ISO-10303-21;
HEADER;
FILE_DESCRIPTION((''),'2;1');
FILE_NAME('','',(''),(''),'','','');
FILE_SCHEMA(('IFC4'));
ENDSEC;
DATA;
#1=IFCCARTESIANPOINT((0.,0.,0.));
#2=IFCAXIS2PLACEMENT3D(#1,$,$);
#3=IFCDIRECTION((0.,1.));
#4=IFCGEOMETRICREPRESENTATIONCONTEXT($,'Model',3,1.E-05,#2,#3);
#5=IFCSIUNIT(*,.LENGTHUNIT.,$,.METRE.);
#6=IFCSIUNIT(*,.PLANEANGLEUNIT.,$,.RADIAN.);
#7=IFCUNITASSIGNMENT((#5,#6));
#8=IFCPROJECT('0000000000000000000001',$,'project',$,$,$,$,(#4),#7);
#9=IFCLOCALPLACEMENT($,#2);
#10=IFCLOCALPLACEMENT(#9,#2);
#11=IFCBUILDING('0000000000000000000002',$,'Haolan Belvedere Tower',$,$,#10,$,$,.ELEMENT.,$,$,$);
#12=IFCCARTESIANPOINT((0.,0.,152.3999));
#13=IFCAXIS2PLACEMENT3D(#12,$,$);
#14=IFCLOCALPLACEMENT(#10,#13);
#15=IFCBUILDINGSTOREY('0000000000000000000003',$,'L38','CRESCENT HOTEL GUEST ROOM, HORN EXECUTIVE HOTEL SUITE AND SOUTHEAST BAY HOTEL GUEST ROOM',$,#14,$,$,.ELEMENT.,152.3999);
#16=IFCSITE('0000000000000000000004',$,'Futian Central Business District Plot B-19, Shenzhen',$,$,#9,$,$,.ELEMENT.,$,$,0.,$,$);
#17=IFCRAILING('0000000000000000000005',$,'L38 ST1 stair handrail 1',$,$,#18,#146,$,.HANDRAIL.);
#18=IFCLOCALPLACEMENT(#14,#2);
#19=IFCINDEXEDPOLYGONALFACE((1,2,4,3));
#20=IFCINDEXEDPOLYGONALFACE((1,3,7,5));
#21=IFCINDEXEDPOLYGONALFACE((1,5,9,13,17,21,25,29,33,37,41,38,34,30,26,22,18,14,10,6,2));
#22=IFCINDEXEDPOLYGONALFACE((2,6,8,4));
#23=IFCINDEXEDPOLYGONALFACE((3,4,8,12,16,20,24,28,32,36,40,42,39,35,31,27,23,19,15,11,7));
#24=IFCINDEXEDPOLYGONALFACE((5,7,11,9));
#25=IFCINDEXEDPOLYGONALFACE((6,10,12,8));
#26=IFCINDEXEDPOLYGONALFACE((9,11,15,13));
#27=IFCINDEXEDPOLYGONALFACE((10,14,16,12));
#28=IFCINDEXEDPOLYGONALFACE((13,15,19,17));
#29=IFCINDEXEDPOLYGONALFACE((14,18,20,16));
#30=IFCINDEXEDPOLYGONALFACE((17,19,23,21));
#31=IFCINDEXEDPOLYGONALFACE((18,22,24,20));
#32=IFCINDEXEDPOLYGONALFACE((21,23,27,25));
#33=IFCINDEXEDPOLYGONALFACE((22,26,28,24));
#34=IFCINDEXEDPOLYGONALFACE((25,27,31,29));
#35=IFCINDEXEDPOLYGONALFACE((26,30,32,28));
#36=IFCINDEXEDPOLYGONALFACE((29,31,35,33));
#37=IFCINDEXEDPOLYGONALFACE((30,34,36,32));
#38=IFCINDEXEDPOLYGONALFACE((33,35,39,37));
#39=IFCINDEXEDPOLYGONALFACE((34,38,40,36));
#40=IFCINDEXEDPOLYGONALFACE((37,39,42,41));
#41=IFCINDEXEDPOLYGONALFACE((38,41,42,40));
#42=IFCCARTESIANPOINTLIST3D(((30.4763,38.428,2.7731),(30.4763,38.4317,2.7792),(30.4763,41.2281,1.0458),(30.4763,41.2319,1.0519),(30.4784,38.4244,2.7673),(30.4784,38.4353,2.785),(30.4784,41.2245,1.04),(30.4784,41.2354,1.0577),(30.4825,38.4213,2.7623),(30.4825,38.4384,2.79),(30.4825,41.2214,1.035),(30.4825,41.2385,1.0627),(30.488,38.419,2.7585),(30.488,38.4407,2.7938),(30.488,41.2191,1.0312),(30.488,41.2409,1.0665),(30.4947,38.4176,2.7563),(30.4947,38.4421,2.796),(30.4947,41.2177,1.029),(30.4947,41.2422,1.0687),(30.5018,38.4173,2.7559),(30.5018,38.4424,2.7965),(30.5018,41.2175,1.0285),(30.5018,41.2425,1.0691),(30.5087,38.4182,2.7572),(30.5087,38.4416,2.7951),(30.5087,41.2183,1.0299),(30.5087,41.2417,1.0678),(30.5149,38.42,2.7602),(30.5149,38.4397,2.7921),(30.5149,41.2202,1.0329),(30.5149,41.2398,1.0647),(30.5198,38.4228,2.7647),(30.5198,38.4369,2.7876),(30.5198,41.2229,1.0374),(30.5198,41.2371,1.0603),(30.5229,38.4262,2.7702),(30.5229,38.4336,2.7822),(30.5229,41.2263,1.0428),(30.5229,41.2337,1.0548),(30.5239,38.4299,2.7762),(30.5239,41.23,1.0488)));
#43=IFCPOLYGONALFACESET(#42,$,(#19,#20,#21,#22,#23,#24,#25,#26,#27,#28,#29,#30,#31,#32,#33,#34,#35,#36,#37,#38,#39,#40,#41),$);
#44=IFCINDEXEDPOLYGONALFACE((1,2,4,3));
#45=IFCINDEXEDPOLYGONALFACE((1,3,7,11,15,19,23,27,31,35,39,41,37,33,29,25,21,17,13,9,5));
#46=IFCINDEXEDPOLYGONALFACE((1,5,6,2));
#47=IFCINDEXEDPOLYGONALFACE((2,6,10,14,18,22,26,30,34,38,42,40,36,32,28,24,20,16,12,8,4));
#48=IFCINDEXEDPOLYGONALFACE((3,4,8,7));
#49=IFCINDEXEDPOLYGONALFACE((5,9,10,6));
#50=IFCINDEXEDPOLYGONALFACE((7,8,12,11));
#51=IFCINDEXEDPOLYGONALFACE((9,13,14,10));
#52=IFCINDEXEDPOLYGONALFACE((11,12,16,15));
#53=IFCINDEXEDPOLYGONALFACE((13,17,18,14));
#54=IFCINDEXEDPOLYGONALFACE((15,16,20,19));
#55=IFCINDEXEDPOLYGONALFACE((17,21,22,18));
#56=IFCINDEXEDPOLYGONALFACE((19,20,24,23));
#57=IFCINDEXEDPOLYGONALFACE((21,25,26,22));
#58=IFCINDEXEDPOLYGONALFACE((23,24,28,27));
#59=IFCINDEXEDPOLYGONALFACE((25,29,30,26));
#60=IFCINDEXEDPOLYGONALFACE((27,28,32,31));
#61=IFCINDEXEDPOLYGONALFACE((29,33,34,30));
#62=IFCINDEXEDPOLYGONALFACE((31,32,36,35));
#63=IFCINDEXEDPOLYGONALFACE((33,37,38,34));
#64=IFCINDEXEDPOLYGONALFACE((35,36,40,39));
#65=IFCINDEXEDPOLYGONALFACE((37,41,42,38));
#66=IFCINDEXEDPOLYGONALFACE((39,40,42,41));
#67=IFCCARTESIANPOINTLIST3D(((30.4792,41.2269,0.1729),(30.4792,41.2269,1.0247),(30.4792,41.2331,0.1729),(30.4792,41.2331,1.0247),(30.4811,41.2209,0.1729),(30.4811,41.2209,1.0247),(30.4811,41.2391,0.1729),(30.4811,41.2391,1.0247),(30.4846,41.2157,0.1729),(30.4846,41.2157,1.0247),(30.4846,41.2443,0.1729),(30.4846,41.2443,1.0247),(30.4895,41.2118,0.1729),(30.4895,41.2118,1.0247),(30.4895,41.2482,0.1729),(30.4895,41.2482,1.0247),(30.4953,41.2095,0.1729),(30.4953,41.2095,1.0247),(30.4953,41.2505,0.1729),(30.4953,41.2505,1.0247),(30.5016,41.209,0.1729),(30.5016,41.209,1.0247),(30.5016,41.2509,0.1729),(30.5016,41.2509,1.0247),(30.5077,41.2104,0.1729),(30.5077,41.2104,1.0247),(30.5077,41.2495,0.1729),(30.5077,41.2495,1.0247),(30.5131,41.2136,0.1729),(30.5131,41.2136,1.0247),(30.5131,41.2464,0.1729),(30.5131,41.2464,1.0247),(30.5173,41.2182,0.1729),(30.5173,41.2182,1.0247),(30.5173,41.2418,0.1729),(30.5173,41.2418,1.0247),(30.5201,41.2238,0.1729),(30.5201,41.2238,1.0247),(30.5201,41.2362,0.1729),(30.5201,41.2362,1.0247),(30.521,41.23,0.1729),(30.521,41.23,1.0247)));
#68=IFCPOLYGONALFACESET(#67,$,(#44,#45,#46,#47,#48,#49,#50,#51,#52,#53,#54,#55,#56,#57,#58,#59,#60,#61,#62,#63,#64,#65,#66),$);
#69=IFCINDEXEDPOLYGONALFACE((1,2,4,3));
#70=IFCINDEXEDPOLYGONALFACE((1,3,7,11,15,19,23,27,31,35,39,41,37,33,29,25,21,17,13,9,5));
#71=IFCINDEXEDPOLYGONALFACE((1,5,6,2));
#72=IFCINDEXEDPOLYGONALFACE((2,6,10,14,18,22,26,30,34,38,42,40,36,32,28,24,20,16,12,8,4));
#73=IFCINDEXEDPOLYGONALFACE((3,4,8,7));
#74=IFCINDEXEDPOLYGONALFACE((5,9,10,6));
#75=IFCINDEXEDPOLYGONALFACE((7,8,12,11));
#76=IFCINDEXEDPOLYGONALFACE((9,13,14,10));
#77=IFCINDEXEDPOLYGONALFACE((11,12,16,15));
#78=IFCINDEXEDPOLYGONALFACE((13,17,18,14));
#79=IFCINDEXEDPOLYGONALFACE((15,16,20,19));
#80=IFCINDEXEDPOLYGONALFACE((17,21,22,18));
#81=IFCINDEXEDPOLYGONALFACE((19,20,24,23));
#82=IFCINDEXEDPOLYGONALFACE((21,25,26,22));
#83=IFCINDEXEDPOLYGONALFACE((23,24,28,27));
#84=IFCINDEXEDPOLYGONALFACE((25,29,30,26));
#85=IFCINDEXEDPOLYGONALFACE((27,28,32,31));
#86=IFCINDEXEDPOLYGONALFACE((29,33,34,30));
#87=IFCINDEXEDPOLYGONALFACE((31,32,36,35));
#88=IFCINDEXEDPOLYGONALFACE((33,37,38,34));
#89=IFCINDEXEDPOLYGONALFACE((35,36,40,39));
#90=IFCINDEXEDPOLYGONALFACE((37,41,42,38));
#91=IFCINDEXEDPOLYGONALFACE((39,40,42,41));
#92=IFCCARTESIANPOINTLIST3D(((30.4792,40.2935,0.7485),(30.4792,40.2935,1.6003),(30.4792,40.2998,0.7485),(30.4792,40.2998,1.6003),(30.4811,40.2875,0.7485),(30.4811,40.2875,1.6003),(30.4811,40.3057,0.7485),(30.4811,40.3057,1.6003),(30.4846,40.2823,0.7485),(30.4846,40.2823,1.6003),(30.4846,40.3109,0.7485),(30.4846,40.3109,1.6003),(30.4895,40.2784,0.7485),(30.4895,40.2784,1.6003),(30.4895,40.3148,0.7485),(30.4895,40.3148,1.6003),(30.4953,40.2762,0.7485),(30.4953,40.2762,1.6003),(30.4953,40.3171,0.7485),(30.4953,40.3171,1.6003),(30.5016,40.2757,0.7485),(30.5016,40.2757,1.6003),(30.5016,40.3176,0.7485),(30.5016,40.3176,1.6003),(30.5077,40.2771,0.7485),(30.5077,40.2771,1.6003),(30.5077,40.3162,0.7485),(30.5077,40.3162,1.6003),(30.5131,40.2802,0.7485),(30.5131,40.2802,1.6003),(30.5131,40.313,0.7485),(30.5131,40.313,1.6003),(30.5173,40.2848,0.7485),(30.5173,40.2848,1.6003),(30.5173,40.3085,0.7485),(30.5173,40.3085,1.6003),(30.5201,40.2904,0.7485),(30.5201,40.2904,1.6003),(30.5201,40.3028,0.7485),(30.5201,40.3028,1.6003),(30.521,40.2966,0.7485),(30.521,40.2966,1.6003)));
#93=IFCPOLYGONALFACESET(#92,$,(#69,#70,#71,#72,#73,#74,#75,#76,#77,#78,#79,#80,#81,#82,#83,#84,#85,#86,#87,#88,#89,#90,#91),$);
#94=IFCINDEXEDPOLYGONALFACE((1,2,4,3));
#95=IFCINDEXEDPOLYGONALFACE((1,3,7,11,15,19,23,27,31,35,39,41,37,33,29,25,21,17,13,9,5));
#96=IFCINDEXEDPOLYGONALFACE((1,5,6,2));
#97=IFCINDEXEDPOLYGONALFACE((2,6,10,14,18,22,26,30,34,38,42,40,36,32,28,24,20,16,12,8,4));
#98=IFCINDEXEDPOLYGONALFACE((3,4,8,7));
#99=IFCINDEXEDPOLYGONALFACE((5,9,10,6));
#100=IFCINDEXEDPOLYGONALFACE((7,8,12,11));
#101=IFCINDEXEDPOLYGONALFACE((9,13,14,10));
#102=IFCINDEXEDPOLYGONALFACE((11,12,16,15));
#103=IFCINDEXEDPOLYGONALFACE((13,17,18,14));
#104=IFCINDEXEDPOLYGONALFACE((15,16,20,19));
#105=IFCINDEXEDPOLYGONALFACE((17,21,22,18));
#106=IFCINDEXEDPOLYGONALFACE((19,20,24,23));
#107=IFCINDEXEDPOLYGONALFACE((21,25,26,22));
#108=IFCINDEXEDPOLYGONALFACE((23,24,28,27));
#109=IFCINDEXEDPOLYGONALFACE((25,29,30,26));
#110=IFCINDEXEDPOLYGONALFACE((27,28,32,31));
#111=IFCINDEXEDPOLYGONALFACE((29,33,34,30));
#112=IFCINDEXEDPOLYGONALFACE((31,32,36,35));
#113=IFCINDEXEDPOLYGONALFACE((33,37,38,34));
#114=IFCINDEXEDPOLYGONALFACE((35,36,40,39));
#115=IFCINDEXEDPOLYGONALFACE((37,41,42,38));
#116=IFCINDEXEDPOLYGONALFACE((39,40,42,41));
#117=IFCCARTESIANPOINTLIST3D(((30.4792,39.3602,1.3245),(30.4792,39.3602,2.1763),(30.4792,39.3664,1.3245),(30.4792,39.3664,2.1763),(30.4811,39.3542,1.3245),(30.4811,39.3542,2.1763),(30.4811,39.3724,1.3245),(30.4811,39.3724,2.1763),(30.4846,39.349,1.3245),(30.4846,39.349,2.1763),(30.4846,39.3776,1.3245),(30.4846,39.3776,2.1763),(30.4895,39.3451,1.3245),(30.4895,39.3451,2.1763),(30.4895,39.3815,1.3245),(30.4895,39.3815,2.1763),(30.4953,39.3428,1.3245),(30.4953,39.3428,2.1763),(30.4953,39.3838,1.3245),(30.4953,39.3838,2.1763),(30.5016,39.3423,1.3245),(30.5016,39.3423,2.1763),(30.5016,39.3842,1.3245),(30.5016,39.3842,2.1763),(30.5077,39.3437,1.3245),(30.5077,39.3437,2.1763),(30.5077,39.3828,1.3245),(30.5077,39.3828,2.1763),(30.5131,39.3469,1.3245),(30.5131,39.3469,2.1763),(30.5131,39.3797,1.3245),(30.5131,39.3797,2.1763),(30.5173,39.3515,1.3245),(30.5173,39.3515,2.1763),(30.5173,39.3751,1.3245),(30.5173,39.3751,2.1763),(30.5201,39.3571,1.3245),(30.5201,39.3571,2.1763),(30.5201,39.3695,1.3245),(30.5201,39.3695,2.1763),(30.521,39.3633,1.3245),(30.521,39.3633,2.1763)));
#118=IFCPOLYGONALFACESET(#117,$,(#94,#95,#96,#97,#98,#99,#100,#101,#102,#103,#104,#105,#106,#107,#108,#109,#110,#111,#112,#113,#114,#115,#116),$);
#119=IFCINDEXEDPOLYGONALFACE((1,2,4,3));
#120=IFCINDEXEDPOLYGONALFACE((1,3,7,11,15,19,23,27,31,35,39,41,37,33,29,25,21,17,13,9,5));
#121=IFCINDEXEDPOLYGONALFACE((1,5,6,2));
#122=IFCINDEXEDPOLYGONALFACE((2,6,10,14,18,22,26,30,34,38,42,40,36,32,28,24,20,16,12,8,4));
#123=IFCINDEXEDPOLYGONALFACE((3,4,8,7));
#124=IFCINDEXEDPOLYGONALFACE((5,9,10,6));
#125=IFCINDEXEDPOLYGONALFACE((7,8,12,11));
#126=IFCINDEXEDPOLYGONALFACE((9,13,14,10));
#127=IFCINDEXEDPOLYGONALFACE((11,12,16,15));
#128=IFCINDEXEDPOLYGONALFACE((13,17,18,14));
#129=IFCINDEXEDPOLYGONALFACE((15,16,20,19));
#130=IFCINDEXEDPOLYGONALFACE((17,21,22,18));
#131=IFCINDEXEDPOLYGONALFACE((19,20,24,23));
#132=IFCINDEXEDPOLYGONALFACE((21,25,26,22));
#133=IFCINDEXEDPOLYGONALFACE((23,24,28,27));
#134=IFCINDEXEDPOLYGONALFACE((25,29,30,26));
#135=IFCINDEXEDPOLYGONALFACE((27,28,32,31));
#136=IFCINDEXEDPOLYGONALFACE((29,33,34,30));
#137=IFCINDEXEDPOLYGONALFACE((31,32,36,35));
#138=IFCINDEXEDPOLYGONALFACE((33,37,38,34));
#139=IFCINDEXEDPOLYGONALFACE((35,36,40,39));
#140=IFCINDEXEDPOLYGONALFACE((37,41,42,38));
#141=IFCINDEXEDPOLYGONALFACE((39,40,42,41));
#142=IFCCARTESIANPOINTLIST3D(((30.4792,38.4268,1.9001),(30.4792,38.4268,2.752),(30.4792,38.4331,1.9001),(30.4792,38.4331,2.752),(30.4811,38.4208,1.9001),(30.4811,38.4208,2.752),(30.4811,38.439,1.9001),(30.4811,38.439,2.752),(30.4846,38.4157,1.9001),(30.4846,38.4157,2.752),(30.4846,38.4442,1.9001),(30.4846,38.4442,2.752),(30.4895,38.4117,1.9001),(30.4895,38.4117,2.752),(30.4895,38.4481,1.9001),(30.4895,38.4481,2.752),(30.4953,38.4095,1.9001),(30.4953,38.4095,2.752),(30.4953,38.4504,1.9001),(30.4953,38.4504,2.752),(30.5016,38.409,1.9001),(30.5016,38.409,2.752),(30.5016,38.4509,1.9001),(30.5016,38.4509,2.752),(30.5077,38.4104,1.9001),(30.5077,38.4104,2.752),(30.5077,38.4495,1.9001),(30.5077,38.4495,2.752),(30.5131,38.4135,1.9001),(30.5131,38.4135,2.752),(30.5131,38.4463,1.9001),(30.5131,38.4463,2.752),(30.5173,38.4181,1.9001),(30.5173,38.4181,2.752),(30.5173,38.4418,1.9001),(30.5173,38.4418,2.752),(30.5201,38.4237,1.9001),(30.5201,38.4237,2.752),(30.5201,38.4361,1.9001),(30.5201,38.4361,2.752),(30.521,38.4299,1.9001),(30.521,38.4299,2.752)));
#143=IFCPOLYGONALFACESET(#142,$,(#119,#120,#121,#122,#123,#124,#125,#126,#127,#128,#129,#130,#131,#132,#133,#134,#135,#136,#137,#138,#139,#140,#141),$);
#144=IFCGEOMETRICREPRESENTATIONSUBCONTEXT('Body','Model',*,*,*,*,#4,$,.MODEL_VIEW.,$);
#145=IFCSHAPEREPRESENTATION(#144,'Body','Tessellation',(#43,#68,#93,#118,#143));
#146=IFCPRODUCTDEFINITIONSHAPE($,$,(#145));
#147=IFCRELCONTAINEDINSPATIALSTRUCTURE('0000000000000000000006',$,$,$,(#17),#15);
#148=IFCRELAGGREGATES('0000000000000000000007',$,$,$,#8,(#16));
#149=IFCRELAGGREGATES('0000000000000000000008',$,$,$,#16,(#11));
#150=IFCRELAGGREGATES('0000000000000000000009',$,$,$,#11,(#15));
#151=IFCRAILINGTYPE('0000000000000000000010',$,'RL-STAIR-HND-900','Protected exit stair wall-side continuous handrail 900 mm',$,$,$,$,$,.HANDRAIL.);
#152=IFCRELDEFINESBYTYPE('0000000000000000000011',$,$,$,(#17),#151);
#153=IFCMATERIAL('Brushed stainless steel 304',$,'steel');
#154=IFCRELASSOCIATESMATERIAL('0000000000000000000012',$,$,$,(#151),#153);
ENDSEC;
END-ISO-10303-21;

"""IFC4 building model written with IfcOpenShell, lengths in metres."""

from ifc_helpers import new_model, si_unit, direction, frame, origin, origin_2d, place, context, subcontext, project, spatial, circle, extrude, material, type_object, element, save


model = new_model("IFC4")

# Units and contexts
model_context = context("Model", 3, precision=1e-05, world=origin(), true_north=direction((0.0, 1.0)))
body_context = subcontext(model_context, "Body", "Model", "MODEL_VIEW")
ifc_project = project(units=[si_unit("LENGTHUNIT", "METRE"), si_unit("PLANEANGLEUNIT", "RADIAN")], contexts=[model_context])

# Site, building, storey
site_placement = place(None, origin())
site = spatial("IfcSite", under=ifc_project, at=site_placement, Name="Futian Central Business District Plot B-19, Shenzhen", CompositionType="ELEMENT", RefElevation=0.0)
building_placement = place(site_placement, origin())
building = spatial("IfcBuilding", under=site, at=building_placement, Name="Haolan Belvedere Tower", CompositionType="ELEMENT")
storey_placement = place(building_placement, frame((0.0, 0.0, 152.3999)))
storey = spatial("IfcBuildingStorey", under=building, at=storey_placement, Name="L38", Description="CRESCENT HOTEL GUEST ROOM, HORN EXECUTIVE HOTEL SUITE AND SOUTHEAST BAY HOTEL GUEST ROOM", CompositionType="ELEMENT", Elevation=152.3999)

# Railing
ifc_material_1 = material(Name="Brushed stainless steel 304", Category="steel")
railing_type_1 = type_object("IfcRailingType", Name="RL-STAIR-HND-900", Description="Protected exit stair wall-side continuous handrail 900 mm", PredefinedType="HANDRAIL", material=ifc_material_1)
railing_1_placement = place(storey_placement, frame((30.5, 41.23, 0.1729)))
element("IfcRailing", 1, at=railing_1_placement, inside=storey, type_object=railing_type_1, Name="L38 ST1 stair handrail 1", PredefinedType="HANDRAIL", context=body_context, shape_type="SweptSolid", body=[
    extrude(circle(Radius=0.0239, at=origin_2d()), frame((0.0, 0.0, 0.876), z_axis=(0.0, -0.85109, 0.52502), x_axis=(1.0, 0.0, 0.0)), (0.0, 0.0, 1.0), 3.29),
    extrude(circle(Radius=0.021, at=origin_2d()), origin(), (0.0, 0.0, 1.0), 0.8518),
    extrude(circle(Radius=0.021, at=origin_2d()), frame((0.0, -0.9333, 0.5757)), (0.0, 0.0, 1.0), 0.8518),
    extrude(circle(Radius=0.021, at=origin_2d()), frame((0.0, -1.8667, 1.1516)), (0.0, 0.0, 1.0), 0.8518),
    extrude(circle(Radius=0.021, at=origin_2d()), frame((0.0, -2.8, 1.7273)), (0.0, 0.0, 1.0), 0.8518),
])

save(model, "model.ifc")
